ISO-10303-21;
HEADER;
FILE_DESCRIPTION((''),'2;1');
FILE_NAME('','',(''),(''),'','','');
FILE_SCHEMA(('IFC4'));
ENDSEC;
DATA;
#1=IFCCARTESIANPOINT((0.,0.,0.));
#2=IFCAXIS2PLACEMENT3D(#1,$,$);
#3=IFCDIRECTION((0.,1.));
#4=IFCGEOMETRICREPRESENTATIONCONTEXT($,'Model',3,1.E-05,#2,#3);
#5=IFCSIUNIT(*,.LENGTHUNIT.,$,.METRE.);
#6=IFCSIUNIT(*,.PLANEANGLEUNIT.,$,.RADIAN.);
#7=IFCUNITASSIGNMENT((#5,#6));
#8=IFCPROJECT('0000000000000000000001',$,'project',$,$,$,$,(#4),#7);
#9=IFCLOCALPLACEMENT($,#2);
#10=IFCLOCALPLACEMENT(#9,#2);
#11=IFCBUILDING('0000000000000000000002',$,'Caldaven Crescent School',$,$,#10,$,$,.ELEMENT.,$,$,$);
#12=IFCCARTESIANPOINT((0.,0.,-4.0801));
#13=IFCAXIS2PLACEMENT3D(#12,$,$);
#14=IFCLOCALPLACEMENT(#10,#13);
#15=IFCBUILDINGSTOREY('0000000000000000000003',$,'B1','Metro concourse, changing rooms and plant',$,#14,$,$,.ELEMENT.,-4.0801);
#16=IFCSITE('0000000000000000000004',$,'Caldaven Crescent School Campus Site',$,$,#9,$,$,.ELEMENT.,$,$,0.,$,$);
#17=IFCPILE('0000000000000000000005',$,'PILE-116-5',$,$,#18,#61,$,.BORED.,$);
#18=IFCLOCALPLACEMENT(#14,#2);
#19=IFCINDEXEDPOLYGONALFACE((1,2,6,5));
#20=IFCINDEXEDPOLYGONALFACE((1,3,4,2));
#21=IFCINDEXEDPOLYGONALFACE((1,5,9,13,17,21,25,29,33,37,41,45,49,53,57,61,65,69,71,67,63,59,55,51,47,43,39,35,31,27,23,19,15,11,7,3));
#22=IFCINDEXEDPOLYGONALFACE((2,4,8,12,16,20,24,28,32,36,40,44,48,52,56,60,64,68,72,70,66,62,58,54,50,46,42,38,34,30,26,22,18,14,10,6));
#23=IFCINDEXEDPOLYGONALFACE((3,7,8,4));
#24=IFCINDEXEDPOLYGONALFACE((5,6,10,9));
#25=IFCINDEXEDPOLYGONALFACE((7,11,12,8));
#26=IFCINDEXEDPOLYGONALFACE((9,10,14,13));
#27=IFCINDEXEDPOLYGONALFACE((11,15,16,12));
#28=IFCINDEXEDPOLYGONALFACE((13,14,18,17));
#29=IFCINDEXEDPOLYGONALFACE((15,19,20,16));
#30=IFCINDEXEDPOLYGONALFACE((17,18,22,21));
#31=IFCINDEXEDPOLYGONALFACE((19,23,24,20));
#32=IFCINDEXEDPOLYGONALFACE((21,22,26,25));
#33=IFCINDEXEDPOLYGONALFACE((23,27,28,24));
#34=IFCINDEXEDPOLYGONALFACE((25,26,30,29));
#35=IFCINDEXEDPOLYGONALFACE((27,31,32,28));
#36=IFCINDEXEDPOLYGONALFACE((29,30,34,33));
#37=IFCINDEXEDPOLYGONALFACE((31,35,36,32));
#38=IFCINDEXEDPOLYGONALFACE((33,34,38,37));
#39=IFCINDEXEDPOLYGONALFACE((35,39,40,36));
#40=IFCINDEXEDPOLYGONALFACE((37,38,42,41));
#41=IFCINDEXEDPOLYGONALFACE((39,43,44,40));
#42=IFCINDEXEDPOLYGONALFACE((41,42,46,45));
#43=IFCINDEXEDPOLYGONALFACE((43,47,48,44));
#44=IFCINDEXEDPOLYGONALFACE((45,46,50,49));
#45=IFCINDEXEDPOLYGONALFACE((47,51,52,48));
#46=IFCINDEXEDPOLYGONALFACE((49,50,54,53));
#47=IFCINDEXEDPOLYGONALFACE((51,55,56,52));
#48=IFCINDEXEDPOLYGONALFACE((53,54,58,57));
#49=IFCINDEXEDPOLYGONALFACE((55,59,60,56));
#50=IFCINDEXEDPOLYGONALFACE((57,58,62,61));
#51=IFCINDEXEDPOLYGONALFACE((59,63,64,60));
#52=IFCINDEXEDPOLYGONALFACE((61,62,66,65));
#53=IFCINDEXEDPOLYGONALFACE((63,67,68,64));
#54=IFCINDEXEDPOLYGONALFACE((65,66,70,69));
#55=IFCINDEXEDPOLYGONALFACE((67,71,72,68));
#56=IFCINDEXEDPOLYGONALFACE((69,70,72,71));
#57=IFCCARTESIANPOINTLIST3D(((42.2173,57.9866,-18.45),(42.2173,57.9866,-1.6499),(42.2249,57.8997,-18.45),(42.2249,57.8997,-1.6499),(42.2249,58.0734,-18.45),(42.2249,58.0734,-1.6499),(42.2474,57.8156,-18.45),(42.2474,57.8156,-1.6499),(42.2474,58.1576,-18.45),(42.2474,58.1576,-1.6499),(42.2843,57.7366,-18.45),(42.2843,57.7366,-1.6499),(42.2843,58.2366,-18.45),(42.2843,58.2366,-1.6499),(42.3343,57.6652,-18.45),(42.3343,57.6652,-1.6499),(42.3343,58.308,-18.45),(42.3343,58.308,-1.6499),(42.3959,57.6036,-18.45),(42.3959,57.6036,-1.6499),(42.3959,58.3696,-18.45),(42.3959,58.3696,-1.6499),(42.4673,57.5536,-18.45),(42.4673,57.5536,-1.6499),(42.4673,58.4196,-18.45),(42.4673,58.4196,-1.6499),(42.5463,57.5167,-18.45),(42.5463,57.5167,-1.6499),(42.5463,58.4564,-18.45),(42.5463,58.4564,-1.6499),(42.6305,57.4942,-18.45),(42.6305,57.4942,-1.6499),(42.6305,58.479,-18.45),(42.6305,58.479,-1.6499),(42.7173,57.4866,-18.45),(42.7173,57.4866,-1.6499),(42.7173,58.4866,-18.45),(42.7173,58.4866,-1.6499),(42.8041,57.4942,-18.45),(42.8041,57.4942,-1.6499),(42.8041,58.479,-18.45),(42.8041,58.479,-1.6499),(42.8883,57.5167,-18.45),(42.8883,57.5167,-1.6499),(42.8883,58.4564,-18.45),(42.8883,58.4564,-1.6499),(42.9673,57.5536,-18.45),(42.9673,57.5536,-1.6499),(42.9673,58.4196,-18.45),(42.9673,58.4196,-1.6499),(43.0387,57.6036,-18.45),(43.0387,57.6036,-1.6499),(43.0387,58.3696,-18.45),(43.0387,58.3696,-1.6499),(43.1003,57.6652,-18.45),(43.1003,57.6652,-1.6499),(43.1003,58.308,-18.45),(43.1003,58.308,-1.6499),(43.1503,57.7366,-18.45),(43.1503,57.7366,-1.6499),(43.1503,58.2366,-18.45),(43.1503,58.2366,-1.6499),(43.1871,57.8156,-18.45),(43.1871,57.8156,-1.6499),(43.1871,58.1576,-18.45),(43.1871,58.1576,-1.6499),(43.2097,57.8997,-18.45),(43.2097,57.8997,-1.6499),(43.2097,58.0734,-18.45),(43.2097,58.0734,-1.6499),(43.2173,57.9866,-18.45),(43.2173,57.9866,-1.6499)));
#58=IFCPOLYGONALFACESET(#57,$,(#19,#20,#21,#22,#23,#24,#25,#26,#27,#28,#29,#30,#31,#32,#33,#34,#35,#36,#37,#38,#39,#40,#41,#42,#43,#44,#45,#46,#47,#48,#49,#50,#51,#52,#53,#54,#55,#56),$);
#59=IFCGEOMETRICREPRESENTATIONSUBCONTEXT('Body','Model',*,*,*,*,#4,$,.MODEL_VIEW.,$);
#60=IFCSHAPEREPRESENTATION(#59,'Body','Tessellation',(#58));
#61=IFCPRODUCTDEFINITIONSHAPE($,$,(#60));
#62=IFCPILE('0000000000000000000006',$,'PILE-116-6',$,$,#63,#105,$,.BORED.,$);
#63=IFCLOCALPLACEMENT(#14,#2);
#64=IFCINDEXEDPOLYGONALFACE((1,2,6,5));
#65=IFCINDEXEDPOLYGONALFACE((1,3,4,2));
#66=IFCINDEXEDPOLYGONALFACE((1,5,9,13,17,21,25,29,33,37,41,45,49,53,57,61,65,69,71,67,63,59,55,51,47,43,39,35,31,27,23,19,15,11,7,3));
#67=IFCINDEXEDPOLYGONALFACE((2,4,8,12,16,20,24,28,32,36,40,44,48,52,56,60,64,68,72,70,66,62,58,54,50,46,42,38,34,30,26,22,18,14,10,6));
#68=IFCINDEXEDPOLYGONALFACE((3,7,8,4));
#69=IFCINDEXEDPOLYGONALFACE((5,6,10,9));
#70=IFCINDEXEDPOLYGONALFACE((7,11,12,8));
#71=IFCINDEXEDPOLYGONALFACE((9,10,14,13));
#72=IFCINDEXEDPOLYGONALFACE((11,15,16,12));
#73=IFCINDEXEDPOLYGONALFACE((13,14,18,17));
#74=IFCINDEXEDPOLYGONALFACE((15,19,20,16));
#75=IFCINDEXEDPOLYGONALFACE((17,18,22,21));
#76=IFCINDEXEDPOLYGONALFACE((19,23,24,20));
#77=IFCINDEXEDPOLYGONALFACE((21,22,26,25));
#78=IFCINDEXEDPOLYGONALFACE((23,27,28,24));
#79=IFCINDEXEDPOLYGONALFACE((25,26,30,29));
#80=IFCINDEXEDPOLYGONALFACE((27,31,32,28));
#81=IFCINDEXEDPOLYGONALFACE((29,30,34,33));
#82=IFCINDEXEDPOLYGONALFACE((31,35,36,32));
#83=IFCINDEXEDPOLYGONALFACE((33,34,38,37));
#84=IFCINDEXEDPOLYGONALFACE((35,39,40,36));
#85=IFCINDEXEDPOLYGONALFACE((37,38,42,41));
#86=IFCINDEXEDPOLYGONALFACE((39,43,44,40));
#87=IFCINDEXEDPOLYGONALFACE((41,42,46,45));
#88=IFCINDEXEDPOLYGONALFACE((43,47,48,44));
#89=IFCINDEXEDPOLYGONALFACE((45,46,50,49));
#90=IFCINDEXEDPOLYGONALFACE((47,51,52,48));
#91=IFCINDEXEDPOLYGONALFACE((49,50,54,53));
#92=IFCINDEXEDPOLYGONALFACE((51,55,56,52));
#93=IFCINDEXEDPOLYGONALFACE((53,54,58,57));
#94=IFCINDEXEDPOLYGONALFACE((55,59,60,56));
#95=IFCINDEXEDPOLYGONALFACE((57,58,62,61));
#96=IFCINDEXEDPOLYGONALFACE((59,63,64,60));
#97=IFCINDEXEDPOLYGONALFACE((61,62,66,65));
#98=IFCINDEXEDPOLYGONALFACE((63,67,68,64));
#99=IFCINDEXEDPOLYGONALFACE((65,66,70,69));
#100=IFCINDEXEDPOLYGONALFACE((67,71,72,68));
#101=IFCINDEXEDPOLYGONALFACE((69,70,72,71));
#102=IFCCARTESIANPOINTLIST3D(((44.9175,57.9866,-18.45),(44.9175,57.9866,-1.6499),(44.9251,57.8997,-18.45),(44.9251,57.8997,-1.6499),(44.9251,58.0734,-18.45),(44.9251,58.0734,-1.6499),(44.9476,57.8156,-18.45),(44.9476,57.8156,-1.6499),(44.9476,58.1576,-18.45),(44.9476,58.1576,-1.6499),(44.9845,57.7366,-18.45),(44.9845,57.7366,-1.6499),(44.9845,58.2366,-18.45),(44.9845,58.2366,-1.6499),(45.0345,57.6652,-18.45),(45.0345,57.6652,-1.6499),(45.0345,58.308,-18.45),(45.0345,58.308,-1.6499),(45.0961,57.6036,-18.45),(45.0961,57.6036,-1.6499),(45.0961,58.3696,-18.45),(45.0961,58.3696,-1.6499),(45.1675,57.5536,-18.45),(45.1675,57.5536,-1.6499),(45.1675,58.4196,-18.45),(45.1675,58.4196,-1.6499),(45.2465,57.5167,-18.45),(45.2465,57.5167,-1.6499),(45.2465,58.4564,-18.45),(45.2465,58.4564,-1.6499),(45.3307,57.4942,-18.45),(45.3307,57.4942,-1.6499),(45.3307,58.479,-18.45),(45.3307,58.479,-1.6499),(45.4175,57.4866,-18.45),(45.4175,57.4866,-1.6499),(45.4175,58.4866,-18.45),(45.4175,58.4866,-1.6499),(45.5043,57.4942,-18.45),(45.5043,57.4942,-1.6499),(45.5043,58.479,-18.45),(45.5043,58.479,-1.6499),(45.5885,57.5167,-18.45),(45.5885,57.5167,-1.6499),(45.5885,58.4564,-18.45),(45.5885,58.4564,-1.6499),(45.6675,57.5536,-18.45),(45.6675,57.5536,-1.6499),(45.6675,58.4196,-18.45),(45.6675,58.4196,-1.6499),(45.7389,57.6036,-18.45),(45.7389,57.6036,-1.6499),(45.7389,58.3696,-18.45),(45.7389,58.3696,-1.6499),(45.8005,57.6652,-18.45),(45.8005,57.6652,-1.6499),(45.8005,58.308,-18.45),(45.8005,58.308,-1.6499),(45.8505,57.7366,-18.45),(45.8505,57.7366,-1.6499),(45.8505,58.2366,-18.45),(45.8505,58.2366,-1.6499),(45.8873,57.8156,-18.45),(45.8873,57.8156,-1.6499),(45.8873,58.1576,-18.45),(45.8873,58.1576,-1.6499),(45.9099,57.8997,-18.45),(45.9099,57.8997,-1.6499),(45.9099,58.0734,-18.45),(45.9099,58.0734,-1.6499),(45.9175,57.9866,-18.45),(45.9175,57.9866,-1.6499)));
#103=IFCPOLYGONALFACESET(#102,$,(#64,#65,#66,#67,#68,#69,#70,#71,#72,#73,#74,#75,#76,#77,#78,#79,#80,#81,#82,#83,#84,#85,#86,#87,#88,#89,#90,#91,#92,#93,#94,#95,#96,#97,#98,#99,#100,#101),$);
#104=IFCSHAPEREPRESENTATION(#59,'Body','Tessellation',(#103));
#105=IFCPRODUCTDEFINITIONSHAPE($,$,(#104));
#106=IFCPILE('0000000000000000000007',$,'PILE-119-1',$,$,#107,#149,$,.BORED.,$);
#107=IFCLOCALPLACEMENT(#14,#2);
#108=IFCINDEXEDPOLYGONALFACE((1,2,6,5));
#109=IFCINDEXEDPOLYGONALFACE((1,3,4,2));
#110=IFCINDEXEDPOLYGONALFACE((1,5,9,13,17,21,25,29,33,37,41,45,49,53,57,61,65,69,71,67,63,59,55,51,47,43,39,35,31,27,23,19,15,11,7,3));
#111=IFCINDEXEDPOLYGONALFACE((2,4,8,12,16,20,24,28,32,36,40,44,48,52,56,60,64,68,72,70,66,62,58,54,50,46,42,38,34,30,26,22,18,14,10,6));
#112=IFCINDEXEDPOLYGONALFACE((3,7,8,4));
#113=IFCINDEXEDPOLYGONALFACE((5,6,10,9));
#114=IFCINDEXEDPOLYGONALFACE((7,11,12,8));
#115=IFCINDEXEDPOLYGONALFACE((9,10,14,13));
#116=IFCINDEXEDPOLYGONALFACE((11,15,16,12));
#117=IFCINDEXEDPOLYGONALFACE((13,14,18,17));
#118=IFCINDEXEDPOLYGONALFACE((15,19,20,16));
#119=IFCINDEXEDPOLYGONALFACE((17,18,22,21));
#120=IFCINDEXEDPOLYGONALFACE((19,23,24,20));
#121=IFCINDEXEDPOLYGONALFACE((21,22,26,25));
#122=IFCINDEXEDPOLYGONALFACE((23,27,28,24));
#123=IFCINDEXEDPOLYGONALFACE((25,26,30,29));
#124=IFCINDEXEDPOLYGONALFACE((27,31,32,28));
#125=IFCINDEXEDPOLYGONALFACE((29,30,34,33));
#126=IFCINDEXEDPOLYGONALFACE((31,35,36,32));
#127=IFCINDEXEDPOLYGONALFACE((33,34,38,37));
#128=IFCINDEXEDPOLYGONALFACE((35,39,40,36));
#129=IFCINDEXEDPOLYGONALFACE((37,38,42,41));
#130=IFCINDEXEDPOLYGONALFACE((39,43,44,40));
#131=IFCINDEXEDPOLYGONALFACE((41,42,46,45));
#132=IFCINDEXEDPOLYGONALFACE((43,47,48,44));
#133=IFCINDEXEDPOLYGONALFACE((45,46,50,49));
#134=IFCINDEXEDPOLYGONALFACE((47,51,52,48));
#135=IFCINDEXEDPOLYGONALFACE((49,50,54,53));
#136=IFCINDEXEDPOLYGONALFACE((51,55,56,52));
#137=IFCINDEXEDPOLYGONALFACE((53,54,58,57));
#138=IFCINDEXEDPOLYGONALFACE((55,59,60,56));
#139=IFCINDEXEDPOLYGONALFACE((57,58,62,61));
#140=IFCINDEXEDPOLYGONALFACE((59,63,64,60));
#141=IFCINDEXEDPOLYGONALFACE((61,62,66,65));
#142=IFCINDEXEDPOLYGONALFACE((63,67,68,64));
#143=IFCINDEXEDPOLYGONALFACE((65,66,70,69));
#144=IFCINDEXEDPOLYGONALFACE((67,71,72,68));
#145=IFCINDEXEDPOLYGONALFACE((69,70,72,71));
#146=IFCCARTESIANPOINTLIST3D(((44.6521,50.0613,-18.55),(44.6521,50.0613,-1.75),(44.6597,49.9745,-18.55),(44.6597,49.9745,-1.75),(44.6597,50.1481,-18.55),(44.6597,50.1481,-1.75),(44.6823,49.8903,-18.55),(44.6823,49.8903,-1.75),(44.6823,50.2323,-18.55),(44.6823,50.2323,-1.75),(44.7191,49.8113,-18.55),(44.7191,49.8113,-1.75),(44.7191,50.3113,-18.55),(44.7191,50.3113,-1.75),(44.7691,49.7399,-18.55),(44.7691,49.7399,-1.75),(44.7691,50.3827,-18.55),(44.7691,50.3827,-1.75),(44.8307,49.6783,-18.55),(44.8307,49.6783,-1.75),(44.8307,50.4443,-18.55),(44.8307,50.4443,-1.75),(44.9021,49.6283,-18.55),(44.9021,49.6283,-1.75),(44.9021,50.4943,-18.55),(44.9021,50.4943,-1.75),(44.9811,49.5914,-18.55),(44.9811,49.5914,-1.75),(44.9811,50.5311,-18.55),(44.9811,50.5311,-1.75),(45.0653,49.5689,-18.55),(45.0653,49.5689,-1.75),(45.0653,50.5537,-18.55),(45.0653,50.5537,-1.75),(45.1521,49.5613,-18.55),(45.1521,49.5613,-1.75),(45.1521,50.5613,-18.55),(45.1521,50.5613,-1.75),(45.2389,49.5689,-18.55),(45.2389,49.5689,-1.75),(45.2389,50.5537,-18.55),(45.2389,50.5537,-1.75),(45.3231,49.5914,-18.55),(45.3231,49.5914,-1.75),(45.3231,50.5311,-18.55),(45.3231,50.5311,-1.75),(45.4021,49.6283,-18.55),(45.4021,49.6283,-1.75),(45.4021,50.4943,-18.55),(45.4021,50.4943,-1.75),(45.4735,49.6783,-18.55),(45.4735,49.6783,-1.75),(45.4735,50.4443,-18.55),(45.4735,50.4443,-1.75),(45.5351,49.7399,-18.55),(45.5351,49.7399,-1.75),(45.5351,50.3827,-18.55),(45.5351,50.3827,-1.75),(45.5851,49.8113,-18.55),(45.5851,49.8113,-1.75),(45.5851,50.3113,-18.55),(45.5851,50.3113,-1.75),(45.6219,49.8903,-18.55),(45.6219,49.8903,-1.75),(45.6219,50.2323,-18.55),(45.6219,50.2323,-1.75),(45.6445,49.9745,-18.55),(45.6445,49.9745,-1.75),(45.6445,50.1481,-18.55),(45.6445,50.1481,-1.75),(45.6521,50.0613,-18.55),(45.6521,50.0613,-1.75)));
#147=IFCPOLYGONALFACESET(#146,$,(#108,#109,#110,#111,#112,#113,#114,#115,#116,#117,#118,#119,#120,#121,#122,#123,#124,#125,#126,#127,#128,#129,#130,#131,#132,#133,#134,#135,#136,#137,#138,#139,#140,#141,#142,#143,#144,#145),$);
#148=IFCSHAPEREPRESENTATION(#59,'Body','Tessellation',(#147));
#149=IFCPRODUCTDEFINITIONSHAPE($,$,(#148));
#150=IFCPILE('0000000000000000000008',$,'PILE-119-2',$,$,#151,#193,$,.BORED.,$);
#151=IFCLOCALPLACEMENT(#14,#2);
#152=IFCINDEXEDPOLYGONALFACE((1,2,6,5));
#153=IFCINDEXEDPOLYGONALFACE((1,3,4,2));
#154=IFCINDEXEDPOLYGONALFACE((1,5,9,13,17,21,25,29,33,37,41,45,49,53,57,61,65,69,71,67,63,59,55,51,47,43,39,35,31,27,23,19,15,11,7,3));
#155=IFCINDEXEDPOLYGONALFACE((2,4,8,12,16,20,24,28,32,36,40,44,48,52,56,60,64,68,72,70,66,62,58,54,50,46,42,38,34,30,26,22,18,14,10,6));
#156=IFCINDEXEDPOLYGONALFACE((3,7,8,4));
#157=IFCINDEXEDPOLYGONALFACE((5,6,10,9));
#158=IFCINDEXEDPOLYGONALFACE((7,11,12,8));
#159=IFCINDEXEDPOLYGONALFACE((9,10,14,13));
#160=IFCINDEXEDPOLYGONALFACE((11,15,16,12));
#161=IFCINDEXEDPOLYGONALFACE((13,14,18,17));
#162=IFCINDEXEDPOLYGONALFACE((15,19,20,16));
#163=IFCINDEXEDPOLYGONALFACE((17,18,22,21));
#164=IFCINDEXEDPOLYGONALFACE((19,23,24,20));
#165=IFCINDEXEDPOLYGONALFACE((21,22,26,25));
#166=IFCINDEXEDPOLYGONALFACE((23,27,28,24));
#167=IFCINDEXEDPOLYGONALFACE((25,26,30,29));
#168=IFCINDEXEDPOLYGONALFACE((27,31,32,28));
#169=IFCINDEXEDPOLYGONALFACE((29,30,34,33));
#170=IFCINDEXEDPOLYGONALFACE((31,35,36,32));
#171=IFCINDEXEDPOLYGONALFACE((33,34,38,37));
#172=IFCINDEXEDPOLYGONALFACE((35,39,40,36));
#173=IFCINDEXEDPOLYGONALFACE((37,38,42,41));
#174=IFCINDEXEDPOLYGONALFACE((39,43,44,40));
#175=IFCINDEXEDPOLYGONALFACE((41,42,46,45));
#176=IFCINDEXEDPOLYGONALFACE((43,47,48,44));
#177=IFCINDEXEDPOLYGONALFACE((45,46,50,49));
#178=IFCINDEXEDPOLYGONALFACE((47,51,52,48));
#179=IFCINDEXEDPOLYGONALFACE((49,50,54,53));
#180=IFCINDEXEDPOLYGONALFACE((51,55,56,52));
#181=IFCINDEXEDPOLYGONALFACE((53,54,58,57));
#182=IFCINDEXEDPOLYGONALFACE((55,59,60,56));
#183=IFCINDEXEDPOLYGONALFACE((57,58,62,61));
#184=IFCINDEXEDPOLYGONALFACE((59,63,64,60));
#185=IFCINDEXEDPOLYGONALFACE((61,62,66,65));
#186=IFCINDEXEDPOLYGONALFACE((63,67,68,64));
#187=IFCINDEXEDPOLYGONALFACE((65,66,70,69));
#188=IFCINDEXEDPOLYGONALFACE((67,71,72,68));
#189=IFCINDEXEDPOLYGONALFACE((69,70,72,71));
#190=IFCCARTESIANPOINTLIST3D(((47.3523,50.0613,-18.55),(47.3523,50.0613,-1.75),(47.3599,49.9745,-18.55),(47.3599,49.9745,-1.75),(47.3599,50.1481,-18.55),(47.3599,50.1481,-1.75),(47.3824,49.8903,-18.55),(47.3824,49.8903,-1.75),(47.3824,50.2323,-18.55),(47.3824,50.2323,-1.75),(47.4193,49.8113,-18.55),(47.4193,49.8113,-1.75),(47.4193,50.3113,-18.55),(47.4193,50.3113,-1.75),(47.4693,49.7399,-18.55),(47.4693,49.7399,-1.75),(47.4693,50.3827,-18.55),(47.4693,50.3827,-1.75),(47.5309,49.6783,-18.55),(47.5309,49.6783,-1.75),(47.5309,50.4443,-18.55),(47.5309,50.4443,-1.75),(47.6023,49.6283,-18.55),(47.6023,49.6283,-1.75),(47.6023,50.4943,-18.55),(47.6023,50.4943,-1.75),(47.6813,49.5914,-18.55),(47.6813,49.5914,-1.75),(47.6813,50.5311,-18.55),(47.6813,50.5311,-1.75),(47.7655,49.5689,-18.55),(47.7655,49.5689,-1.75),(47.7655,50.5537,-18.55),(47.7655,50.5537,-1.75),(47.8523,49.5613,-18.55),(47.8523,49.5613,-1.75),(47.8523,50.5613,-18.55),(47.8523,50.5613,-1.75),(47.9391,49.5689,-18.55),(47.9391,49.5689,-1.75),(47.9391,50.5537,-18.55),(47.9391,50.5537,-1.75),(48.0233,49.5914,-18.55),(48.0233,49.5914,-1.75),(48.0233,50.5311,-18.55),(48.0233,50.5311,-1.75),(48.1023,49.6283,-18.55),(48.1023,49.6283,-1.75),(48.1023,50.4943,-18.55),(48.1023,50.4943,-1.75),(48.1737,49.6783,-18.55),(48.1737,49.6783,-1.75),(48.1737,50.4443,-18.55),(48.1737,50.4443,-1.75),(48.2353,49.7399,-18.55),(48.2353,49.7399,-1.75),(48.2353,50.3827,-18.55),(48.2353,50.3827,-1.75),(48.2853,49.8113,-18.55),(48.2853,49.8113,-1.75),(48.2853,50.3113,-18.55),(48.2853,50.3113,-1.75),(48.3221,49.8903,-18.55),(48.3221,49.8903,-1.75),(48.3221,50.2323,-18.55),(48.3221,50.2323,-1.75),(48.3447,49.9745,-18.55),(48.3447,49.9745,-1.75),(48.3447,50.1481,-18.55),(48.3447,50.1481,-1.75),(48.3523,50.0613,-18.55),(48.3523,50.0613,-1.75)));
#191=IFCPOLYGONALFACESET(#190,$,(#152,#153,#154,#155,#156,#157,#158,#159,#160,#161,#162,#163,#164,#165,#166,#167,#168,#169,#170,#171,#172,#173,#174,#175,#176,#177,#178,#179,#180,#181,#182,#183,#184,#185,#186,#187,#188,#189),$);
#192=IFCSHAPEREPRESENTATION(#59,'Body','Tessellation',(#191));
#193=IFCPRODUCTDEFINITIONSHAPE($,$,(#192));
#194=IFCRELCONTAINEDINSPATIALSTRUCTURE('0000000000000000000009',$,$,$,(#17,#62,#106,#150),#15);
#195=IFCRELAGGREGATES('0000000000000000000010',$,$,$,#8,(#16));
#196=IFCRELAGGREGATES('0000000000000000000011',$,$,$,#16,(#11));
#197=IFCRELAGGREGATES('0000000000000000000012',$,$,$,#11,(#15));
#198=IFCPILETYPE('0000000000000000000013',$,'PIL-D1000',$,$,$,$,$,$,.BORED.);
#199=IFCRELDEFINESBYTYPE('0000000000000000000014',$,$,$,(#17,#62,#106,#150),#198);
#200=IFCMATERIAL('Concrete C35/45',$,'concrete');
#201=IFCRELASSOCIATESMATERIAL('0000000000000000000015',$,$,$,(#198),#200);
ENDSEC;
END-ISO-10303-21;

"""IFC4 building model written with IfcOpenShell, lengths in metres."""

from ifc_helpers import new_model, si_unit, direction, frame, origin, origin_2d, place, context, subcontext, project, spatial, circle, extrude, material, material_profile, profile_set, type_object, element, save


model = new_model("IFC4")

# Units and contexts
model_context = context("Model", 3, precision=1e-05, world=origin(), true_north=direction((0.0, 1.0)))
body_context = subcontext(model_context, "Body", "Model", "MODEL_VIEW")
ifc_project = project(units=[si_unit("LENGTHUNIT", "METRE"), si_unit("PLANEANGLEUNIT", "RADIAN")], contexts=[model_context])

# Site, building, storey
site_placement = place(None, origin())
site = spatial("IfcSite", under=ifc_project, at=site_placement, Name="Caldaven Crescent School Campus Site", CompositionType="ELEMENT", RefElevation=0.0)
building_placement = place(site_placement, origin())
building = spatial("IfcBuilding", under=site, at=building_placement, Name="Caldaven Crescent School", CompositionType="ELEMENT")
storey_placement = place(building_placement, frame((0.0, 0.0, -4.0801)))
storey = spatial("IfcBuildingStorey", under=building, at=storey_placement, Name="B1", Description="Metro concourse, changing rooms and plant", CompositionType="ELEMENT", Elevation=-4.0801)

# Shared definitions
ifc_material_1 = material(Name="Concrete C35/45", Category="concrete")

# Piles
ifc_material_profile_1 = material_profile(ifc_material_1, circle(Radius=0.5, at=origin_2d()), Name="PILE D1000")
ifc_profile_set_1 = profile_set([ifc_material_profile_1], Name="Concrete C35/45")
pile_type = type_object("IfcPileType", Name="PIL-D1000", PredefinedType="BORED", material=ifc_profile_set_1)
for number, where, z_axis, x_axis, name in (
    (1, (42.7173, 57.9866, -1.6499), (0.0, 0.0, -1.0), (1.0, 0.0, 0.0), "PILE-116-5"),
    (2, (45.4175, 57.9866, -1.6499), (0.0, 0.0, -1.0), (1.0, 0.0, 0.0), "PILE-116-6"),
    (3, (45.1521, 50.0613, -1.75), (0.0, 0.0, -1.0), (1.0, 0.0, 0.0), "PILE-119-1"),
    (4, (47.8523, 50.0613, -1.75), (0.0, 0.0, -1.0), (1.0, 0.0, 0.0), "PILE-119-2"),
):
    element("IfcPile", number, at=place(storey_placement, frame(where, z_axis=z_axis, x_axis=x_axis)), inside=storey, type_object=pile_type, Name=name, PredefinedType="BORED", context=body_context, shape_type="SweptSolid", body=[
        extrude(circle(Radius=0.5, at=origin_2d()), origin(), (0.0, 0.0, 1.0), 16.8),
    ])

save(model, "model.ifc")
